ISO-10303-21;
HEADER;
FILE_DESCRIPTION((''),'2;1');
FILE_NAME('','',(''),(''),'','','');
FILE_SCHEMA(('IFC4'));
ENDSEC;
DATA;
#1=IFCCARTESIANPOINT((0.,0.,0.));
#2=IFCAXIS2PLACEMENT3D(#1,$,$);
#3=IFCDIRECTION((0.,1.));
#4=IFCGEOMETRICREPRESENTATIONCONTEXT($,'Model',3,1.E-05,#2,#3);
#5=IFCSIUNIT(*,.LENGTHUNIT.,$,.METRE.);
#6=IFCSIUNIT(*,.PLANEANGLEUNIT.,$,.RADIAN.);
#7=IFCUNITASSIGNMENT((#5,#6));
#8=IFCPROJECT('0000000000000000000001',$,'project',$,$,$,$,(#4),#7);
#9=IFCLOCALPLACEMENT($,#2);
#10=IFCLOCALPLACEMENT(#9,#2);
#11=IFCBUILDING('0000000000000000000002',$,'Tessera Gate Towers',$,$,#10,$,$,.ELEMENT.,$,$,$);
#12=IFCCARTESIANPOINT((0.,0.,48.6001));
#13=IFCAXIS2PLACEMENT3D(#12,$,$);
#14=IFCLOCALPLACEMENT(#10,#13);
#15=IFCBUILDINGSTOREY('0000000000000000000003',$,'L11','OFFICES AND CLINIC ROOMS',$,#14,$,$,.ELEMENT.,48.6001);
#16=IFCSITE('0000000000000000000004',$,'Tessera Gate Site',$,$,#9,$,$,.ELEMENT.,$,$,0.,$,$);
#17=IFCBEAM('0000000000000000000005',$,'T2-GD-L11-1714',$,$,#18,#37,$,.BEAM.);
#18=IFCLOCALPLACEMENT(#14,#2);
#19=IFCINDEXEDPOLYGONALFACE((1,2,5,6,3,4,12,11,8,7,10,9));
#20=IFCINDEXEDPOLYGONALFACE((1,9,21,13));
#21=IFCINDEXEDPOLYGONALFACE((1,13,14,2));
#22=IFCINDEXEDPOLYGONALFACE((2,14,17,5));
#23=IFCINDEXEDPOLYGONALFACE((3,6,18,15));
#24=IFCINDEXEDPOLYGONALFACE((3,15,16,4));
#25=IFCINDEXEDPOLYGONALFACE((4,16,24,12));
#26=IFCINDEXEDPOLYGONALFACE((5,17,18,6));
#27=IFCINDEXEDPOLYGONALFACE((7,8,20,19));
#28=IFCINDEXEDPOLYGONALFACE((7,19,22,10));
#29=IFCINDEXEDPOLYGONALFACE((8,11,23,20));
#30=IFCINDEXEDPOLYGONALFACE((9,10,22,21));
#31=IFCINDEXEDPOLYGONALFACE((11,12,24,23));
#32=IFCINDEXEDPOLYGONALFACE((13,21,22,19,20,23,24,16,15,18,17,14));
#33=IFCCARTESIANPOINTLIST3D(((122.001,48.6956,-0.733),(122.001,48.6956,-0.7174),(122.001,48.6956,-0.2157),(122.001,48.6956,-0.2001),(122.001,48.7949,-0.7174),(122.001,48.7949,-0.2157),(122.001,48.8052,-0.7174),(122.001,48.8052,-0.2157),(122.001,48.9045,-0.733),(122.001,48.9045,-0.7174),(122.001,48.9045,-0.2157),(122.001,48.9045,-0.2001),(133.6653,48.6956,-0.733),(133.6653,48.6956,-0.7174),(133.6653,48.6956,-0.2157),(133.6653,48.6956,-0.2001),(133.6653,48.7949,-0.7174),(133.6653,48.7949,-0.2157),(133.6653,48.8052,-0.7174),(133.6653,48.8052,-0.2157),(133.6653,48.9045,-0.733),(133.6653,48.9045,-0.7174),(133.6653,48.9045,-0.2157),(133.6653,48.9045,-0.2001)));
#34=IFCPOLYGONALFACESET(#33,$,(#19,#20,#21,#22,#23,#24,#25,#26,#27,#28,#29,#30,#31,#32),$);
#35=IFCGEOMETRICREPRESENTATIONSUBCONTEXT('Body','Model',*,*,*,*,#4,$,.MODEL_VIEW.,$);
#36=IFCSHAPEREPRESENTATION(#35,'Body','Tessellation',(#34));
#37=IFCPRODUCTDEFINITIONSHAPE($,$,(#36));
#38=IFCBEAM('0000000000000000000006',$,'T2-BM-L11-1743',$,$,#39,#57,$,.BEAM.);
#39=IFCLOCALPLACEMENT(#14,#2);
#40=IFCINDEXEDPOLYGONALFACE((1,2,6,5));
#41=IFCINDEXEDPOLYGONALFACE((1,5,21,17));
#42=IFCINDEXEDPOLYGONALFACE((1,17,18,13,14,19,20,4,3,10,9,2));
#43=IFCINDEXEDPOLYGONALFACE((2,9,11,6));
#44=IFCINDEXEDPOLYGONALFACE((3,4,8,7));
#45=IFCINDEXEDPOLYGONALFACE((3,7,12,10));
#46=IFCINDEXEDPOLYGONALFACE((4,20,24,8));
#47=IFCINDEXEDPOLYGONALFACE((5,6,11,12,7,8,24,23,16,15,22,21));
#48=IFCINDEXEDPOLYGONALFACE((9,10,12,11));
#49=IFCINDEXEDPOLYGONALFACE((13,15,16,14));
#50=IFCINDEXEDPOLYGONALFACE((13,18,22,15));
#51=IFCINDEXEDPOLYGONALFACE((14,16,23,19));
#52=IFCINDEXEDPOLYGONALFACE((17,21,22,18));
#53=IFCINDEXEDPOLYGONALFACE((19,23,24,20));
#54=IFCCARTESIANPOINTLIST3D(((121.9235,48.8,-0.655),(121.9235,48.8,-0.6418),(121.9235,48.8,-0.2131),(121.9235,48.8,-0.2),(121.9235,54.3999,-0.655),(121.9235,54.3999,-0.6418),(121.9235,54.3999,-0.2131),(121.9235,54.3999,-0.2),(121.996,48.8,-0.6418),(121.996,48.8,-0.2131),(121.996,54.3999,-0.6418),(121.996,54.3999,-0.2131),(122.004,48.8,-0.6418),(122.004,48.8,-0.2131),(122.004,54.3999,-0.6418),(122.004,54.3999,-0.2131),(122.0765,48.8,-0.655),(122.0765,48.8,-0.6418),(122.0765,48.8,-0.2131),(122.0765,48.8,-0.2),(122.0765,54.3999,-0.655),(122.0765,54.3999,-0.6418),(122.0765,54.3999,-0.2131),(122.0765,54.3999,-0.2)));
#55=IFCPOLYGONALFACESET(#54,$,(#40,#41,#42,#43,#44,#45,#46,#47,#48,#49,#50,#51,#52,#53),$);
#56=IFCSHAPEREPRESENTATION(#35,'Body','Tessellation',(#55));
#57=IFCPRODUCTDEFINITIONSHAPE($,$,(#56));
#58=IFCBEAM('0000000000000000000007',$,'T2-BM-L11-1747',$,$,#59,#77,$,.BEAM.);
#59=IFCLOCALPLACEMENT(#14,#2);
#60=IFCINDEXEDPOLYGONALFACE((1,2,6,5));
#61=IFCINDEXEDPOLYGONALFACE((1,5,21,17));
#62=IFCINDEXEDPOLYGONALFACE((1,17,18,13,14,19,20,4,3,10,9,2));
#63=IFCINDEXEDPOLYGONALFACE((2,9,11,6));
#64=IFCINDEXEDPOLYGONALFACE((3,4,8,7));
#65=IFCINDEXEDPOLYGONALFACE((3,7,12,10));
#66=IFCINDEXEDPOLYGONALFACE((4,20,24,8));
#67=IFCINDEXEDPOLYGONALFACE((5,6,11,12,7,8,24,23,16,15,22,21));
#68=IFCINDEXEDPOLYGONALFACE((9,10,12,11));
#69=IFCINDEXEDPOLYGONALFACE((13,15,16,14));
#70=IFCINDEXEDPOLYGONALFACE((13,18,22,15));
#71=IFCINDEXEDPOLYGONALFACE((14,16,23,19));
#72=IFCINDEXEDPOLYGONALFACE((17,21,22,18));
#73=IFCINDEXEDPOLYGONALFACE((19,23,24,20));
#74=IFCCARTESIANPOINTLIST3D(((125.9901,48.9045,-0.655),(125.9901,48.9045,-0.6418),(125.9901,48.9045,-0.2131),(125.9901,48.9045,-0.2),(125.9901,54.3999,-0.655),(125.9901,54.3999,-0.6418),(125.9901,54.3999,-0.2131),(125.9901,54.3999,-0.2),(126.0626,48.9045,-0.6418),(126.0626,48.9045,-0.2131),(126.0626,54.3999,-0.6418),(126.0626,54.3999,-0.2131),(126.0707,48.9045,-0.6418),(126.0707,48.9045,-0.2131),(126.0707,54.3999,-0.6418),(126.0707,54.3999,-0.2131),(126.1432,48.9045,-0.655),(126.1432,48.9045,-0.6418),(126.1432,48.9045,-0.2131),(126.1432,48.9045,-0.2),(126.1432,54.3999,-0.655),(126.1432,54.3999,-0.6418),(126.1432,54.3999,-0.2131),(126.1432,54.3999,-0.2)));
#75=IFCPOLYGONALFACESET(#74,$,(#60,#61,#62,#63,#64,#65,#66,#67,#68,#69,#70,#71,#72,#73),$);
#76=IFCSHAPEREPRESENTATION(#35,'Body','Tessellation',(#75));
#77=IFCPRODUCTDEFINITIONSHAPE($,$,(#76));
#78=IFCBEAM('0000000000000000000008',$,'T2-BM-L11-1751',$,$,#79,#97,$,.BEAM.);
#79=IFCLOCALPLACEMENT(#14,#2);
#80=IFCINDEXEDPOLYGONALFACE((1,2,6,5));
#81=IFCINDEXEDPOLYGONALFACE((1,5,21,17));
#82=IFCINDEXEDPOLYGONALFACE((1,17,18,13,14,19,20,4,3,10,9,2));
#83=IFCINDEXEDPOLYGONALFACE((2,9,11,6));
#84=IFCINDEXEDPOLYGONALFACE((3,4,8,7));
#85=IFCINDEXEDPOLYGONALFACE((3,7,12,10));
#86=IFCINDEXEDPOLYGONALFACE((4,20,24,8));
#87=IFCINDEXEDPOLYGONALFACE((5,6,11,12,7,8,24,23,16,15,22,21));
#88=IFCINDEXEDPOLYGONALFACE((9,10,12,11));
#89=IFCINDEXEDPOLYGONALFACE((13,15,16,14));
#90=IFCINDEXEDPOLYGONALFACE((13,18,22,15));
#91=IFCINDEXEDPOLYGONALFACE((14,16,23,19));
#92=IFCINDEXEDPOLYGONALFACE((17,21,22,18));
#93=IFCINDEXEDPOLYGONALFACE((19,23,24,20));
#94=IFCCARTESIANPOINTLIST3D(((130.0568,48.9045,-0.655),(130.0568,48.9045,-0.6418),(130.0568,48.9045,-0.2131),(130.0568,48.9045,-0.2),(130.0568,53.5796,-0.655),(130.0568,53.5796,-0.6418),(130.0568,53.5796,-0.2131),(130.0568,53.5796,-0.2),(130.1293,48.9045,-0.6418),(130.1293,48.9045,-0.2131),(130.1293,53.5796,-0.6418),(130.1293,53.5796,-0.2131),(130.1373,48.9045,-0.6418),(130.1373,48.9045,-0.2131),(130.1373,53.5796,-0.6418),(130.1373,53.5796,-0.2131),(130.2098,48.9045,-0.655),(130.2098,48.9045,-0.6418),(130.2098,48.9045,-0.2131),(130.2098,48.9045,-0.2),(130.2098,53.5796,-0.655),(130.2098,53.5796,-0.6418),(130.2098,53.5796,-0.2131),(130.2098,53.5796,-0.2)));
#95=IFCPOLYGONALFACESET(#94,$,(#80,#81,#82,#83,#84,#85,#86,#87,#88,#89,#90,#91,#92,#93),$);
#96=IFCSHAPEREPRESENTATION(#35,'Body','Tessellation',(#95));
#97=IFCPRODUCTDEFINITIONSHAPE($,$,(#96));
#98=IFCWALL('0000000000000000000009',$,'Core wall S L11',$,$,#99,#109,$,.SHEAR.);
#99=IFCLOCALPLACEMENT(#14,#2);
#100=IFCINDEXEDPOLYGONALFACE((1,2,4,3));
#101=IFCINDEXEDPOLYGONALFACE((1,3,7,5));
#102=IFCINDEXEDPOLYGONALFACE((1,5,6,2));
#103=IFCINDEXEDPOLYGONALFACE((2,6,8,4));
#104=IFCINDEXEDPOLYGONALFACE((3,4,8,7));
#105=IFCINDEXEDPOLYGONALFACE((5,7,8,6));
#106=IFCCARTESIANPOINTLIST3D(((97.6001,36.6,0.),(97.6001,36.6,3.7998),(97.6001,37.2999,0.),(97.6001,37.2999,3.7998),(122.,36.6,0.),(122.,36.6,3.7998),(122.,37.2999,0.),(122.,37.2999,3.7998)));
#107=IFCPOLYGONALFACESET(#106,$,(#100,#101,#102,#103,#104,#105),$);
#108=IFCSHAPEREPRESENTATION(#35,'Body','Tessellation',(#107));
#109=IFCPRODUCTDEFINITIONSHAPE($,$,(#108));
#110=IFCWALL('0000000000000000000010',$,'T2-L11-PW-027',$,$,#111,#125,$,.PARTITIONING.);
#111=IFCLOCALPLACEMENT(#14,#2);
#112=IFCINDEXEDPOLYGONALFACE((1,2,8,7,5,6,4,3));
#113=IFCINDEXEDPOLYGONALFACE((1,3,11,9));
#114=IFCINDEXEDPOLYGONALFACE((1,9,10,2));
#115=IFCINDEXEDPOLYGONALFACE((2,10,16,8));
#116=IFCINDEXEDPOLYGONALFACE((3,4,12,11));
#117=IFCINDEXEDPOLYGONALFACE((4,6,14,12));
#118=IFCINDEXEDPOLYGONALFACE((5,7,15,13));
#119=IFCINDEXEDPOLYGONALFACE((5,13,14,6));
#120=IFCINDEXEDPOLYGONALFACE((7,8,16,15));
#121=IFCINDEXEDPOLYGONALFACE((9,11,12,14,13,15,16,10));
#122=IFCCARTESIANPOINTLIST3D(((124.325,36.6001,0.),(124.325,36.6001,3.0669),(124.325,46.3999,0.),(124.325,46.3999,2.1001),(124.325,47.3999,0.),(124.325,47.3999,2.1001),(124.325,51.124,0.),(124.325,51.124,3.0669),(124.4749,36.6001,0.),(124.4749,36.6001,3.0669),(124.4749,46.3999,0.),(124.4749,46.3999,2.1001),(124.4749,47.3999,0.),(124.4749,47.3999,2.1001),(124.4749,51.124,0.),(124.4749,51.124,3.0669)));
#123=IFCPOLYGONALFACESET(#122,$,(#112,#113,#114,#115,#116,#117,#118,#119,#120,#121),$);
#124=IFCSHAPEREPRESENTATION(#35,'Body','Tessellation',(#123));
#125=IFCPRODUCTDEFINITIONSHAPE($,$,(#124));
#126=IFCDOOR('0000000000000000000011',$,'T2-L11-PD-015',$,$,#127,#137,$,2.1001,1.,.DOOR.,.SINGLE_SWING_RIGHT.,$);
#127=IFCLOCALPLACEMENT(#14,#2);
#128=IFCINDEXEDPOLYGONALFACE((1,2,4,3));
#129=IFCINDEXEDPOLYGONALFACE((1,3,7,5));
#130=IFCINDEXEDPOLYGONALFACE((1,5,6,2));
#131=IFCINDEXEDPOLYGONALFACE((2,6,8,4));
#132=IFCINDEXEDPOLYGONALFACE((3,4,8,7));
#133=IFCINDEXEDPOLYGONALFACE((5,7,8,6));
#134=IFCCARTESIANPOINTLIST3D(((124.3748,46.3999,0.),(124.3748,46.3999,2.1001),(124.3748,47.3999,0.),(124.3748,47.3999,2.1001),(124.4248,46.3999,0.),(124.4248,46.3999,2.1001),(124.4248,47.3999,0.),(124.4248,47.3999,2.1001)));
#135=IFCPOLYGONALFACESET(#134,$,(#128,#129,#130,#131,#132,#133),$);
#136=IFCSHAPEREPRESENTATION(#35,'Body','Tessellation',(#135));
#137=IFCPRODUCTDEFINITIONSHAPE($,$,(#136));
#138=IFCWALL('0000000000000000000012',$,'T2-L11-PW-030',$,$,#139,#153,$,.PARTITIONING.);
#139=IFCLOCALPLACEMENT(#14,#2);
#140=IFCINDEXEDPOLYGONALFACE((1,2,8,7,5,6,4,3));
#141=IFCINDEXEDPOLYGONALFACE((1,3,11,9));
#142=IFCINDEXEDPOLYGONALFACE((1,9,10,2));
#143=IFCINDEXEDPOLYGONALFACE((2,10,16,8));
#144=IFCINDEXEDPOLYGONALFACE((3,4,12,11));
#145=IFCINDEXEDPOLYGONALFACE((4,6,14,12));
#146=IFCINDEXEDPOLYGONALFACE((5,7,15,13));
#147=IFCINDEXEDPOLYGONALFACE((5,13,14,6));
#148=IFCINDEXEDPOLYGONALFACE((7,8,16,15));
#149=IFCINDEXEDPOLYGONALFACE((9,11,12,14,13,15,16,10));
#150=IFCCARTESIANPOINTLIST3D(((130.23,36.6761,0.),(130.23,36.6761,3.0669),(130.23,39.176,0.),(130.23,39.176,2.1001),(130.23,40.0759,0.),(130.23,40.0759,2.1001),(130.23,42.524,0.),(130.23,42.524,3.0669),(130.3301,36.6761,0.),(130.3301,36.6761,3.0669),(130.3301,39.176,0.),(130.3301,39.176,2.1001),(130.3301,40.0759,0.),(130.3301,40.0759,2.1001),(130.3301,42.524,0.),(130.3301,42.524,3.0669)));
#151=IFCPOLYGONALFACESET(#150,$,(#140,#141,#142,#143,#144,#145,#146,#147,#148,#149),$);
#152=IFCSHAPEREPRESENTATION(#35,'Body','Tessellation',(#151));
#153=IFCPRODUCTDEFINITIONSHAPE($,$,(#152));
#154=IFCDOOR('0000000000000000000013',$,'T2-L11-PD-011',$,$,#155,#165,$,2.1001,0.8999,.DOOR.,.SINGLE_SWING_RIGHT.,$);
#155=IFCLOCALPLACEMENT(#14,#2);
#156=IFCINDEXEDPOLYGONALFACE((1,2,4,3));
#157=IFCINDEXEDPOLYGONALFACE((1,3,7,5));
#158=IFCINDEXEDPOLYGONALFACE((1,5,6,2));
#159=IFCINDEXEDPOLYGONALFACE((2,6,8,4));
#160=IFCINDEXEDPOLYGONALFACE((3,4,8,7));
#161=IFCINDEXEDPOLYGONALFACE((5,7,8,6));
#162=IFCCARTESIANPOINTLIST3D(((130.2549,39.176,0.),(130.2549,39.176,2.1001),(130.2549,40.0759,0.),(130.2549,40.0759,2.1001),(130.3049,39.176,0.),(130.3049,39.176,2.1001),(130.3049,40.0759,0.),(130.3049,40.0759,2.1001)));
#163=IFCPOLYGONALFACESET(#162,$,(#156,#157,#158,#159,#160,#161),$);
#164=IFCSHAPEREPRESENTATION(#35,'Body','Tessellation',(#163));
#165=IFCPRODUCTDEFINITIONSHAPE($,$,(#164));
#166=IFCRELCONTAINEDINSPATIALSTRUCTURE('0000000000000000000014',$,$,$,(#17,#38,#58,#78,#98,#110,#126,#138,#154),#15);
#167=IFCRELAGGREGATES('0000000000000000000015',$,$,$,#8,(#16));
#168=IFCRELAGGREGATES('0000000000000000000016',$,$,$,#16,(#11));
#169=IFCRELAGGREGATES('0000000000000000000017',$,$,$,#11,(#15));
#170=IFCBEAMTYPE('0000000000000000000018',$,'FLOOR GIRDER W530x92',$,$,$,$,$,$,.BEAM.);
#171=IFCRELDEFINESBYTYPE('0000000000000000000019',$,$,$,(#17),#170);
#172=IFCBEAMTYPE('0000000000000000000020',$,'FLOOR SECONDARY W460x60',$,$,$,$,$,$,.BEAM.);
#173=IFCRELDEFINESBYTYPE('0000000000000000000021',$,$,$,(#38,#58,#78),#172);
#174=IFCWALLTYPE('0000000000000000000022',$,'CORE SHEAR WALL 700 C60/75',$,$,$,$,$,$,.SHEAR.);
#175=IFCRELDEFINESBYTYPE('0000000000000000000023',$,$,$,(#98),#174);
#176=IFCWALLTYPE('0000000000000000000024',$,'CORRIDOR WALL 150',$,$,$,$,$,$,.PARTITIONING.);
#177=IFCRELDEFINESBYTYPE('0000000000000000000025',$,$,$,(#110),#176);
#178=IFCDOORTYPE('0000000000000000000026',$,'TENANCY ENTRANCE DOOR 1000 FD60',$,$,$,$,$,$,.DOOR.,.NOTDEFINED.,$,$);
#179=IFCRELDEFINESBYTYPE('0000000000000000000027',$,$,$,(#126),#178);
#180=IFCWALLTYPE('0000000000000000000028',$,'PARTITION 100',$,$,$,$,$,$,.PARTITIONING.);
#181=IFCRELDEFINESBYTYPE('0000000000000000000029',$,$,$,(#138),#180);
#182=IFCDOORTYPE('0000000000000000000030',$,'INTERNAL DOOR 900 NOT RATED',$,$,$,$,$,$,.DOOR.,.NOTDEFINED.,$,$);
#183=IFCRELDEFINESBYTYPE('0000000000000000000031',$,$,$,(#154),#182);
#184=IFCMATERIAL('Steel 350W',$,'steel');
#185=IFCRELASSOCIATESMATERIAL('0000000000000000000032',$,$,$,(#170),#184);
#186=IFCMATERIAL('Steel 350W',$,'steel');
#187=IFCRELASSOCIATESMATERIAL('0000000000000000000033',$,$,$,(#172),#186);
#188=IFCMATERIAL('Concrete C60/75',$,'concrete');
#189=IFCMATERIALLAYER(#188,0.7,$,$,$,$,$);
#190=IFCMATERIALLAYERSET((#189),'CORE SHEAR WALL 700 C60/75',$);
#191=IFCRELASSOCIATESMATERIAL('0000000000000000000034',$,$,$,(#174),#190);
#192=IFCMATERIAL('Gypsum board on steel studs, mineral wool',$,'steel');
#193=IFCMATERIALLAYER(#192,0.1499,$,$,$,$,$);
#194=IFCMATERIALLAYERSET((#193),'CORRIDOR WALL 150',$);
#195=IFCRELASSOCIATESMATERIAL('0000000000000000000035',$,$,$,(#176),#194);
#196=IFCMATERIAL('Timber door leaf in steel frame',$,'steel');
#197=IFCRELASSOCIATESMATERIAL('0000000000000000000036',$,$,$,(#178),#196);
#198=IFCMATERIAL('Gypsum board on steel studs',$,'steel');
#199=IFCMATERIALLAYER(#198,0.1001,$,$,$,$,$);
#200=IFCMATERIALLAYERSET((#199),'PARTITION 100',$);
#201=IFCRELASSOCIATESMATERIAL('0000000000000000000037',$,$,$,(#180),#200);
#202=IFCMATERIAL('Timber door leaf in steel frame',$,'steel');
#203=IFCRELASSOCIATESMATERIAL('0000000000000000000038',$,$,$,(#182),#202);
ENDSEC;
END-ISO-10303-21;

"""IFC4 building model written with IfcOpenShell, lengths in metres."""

from ifc_helpers import new_model, si_unit, direction, frame, frame_2d, origin, origin_2d, place, context, subcontext, project, spatial, rectangle, i_section, extrude, source, transform, mapped, material, layer, layer_set, material_profile, profile_set, type_object, element, fill, save


model = new_model("IFC4")

# Units and contexts
model_context = context("Model", 3, precision=1e-05, world=origin(), true_north=direction((0.0, 1.0)))
body_context = subcontext(model_context, "Body", "Model", "MODEL_VIEW")
ifc_project = project(units=[si_unit("LENGTHUNIT", "METRE"), si_unit("PLANEANGLEUNIT", "RADIAN")], contexts=[model_context])

# Site, building, storey
site_placement = place(None, origin())
site = spatial("IfcSite", under=ifc_project, at=site_placement, Name="Tessera Gate Site", CompositionType="ELEMENT", RefElevation=0.0)
building_placement = place(site_placement, origin())
building = spatial("IfcBuilding", under=site, at=building_placement, Name="Tessera Gate Towers", CompositionType="ELEMENT")
storey_placement = place(building_placement, frame((0.0, 0.0, 48.6001)))
storey = spatial("IfcBuildingStorey", under=building, at=storey_placement, Name="L11", Description="OFFICES AND CLINIC ROOMS", CompositionType="ELEMENT", Elevation=48.6001)

# Beams
ifc_material_1 = material(Name="Steel 350W", Category="steel")
ifc_material_profile_1 = material_profile(ifc_material_1, i_section(OverallWidth=0.209, OverallDepth=0.533, WebThickness=0.0103, FlangeThickness=0.0156, at=origin_2d()), Name="W530x92")
ifc_profile_set_1 = profile_set([ifc_material_profile_1], Name="Steel 350W")
beam_type_1 = type_object("IfcBeamType", Name="FLOOR GIRDER W530x92", PredefinedType="BEAM", material=ifc_profile_set_1)
beam_1_placement = place(storey_placement, frame((122.001, 48.8, -0.4666), z_axis=(1.0, 0.0, 0.0), x_axis=(0.0, 1.0, 0.0)))
element("IfcBeam", 1, at=beam_1_placement, inside=storey, type_object=beam_type_1, Name="T2-GD-L11-1714", PredefinedType="BEAM", context=body_context, shape_type="SweptSolid", body=[
    extrude(i_section(OverallWidth=0.209, OverallDepth=0.533, WebThickness=0.0103, FlangeThickness=0.0156, at=origin_2d()), origin(), (0.0, 0.0, 1.0), 11.6643),
])
ifc_material_2 = material(Name="Steel 350W", Category="steel")
ifc_material_profile_2 = material_profile(ifc_material_2, i_section(OverallWidth=0.1531, OverallDepth=0.4551, WebThickness=0.0081, FlangeThickness=0.0132, at=origin_2d()), Name="W460x60")
ifc_profile_set_2 = profile_set([ifc_material_profile_2], Name="Steel 350W")
beam_type_2 = type_object("IfcBeamType", Name="FLOOR SECONDARY W460x60", PredefinedType="BEAM", material=ifc_profile_set_2)
beam_2_placement = place(storey_placement, frame((122.0, 48.8, -0.4275), z_axis=(0.0, 1.0, 0.0), x_axis=(-1.0, 0.0, 0.0)))
element("IfcBeam", 2, at=beam_2_placement, inside=storey, type_object=beam_type_2, Name="T2-BM-L11-1743", PredefinedType="BEAM", context=body_context, shape_type="SweptSolid", body=[
    extrude(i_section(OverallWidth=0.1531, OverallDepth=0.4551, WebThickness=0.0081, FlangeThickness=0.0132, at=origin_2d()), origin(), (0.0, 0.0, 1.0), 5.5999),
])
beam_3_placement = place(storey_placement, frame((126.0667, 48.9045, -0.4275), z_axis=(0.0, 1.0, 0.0), x_axis=(-1.0, 0.0, 0.0)))
element("IfcBeam", 3, at=beam_3_placement, inside=storey, type_object=beam_type_2, Name="T2-BM-L11-1747", PredefinedType="BEAM", context=body_context, shape_type="SweptSolid", body=[
    extrude(i_section(OverallWidth=0.1531, OverallDepth=0.4551, WebThickness=0.0081, FlangeThickness=0.0132, at=origin_2d()), origin(), (0.0, 0.0, 1.0), 5.4954),
])
beam_4_placement = place(storey_placement, frame((130.1333, 48.9045, -0.4275), z_axis=(0.0, 1.0, 0.0), x_axis=(-1.0, 0.0, 0.0)))
element("IfcBeam", 4, at=beam_4_placement, inside=storey, type_object=beam_type_2, Name="T2-BM-L11-1751", PredefinedType="BEAM", context=body_context, shape_type="SweptSolid", body=[
    extrude(i_section(OverallWidth=0.1531, OverallDepth=0.4551, WebThickness=0.0081, FlangeThickness=0.0132, at=origin_2d()), origin(), (0.0, 0.0, 1.0), 4.675),
])

# Wall
ifc_material_3 = material(Name="Concrete C60/75", Category="concrete")
ifc_layer_1 = layer(ifc_material_3, 0.7)
ifc_layer_set_1 = layer_set([ifc_layer_1], Name="CORE SHEAR WALL 700 C60/75")
wall_type_1 = type_object("IfcWallType", Name="CORE SHEAR WALL 700 C60/75", PredefinedType="SHEAR", material=ifc_layer_set_1)
wall_1_placement = place(storey_placement, frame((122.0, 36.95, 0.0), z_axis=(0.0, 0.0, 1.0), x_axis=(-1.0, 0.0, 0.0)))
element("IfcWall", 5, at=wall_1_placement, inside=storey, type_object=wall_type_1, Name="Core wall S L11", PredefinedType="SHEAR", context=body_context, shape_type="SweptSolid", body=[
    extrude(rectangle(XDim=24.3999, YDim=0.7, at=frame_2d((12.2, 0.0))), origin(), (0.0, 0.0, 1.0), 3.7998),
])

# Walls, openings, doors
ifc_material_4 = material(Name="Gypsum board on steel studs, mineral wool", Category="steel")
ifc_layer_2 = layer(ifc_material_4, 0.1499)
ifc_layer_set_2 = layer_set([ifc_layer_2], Name="CORRIDOR WALL 150")
wall_type_2 = type_object("IfcWallType", Name="CORRIDOR WALL 150", PredefinedType="PARTITIONING", material=ifc_layer_set_2)
wall_2_placement = place(storey_placement, frame((124.3999, 51.124, 0.0), z_axis=(0.0, 0.0, 1.0), x_axis=(0.0, -1.0, 0.0)))
wall_2 = element("IfcWall", 6, at=wall_2_placement, inside=storey, type_object=wall_type_2, Name="T2-L11-PW-027", PredefinedType="PARTITIONING", context=body_context, shape_type="SweptSolid", body=[
    extrude(rectangle(XDim=14.5239, YDim=0.1499, at=frame_2d((7.262, 0.0))), origin(), (0.0, 0.0, 1.0), 3.0669),
])
shared_shape_1 = source(origin(), body_context, "Body", "SweptSolid", [
    extrude(rectangle(XDim=1.0, YDim=2.1001, at=frame_2d((0.5, 1.05))), frame((0.0, 0.085, 0.0), z_axis=(0.0, -1.0, 0.0), x_axis=(1.0, 0.0, 0.0)), (0.0, 0.0, 1.0), 0.1699),
])
opening_1_placement = place(wall_2_placement, frame((3.7241, 0.0, 0.0)))
opening_1 = element("IfcOpeningElement", 7, at=opening_1_placement, cuts=wall_2, PredefinedType="OPENING", context=body_context, shape_type="MappedRepresentation", body=[
    mapped(shared_shape_1, transform((0.0, 0.0, 0.0), scale=1.0)),
])
ifc_material_5 = material(Name="Timber door leaf in steel frame", Category="steel")
door_type_1 = type_object("IfcDoorType", Name="TENANCY ENTRANCE DOOR 1000 FD60", OperationType="NOTDEFINED", PredefinedType="DOOR", material=ifc_material_5)
shared_shape_2 = source(origin(), body_context, "Body", "SweptSolid", [
    extrude(rectangle(XDim=1.0, YDim=2.1001, at=frame_2d((0.5, 1.05))), frame((0.0, 0.0249, 0.0), z_axis=(0.0, -1.0, 0.0), x_axis=(1.0, 0.0, 0.0)), (0.0, 0.0, 1.0), 0.05),
])
door_1_placement = place(opening_1_placement, origin())
door_1 = element("IfcDoor", 8, at=door_1_placement, inside=storey, type_object=door_type_1, Name="T2-L11-PD-015", OperationType="SINGLE_SWING_RIGHT", OverallHeight=2.1001, OverallWidth=1.0, PredefinedType="DOOR", context=body_context, shape_type="MappedRepresentation", body=[
    mapped(shared_shape_2, transform((0.0, 0.0, 0.0), scale=1.0)),
])
fill(opening_1, door_1)
ifc_material_6 = material(Name="Gypsum board on steel studs", Category="steel")
ifc_layer_3 = layer(ifc_material_6, 0.1001)
ifc_layer_set_3 = layer_set([ifc_layer_3], Name="PARTITION 100")
wall_type_3 = type_object("IfcWallType", Name="PARTITION 100", PredefinedType="PARTITIONING", material=ifc_layer_set_3)
wall_3_placement = place(storey_placement, frame((130.28, 42.5239, 0.0), z_axis=(0.0, 0.0, 1.0), x_axis=(0.0, -1.0, 0.0)))
wall_3 = element("IfcWall", 9, at=wall_3_placement, inside=storey, type_object=wall_type_3, Name="T2-L11-PW-030", PredefinedType="PARTITIONING", context=body_context, shape_type="SweptSolid", body=[
    extrude(rectangle(XDim=5.8479, YDim=0.1001, at=frame_2d((2.9238, 0.0))), origin(), (0.0, 0.0, 1.0), 3.0669),
])
shared_shape_3 = source(origin(), body_context, "Body", "SweptSolid", [
    extrude(rectangle(XDim=0.8999, YDim=2.1001, at=frame_2d((0.45, 1.05))), frame((0.0, 0.0601, 0.0), z_axis=(0.0, -1.0, 0.0), x_axis=(1.0, 0.0, 0.0)), (0.0, 0.0, 1.0), 0.1201),
])
opening_2_placement = place(wall_3_placement, frame((2.448, 0.0, 0.0)))
opening_2 = element("IfcOpeningElement", 10, at=opening_2_placement, cuts=wall_3, PredefinedType="OPENING", context=body_context, shape_type="MappedRepresentation", body=[
    mapped(shared_shape_3, transform((0.0, 0.0, 0.0), scale=1.0)),
])
ifc_material_7 = material(Name="Timber door leaf in steel frame", Category="steel")
door_type_2 = type_object("IfcDoorType", Name="INTERNAL DOOR 900 NOT RATED", OperationType="NOTDEFINED", PredefinedType="DOOR", material=ifc_material_7)
shared_shape_4 = source(origin(), body_context, "Body", "SweptSolid", [
    extrude(rectangle(XDim=0.8999, YDim=2.1001, at=frame_2d((0.45, 1.05))), frame((0.0, 0.0249, 0.0), z_axis=(0.0, -1.0, 0.0), x_axis=(1.0, 0.0, 0.0)), (0.0, 0.0, 1.0), 0.05),
])
door_2_placement = place(opening_2_placement, origin())
door_2 = element("IfcDoor", 11, at=door_2_placement, inside=storey, type_object=door_type_2, Name="T2-L11-PD-011", OperationType="SINGLE_SWING_RIGHT", OverallHeight=2.1001, OverallWidth=0.8999, PredefinedType="DOOR", context=body_context, shape_type="MappedRepresentation", body=[
    mapped(shared_shape_4, transform((0.0, 0.0, 0.0), scale=1.0)),
])
fill(opening_2, door_2)

save(model, "model.ifc")
